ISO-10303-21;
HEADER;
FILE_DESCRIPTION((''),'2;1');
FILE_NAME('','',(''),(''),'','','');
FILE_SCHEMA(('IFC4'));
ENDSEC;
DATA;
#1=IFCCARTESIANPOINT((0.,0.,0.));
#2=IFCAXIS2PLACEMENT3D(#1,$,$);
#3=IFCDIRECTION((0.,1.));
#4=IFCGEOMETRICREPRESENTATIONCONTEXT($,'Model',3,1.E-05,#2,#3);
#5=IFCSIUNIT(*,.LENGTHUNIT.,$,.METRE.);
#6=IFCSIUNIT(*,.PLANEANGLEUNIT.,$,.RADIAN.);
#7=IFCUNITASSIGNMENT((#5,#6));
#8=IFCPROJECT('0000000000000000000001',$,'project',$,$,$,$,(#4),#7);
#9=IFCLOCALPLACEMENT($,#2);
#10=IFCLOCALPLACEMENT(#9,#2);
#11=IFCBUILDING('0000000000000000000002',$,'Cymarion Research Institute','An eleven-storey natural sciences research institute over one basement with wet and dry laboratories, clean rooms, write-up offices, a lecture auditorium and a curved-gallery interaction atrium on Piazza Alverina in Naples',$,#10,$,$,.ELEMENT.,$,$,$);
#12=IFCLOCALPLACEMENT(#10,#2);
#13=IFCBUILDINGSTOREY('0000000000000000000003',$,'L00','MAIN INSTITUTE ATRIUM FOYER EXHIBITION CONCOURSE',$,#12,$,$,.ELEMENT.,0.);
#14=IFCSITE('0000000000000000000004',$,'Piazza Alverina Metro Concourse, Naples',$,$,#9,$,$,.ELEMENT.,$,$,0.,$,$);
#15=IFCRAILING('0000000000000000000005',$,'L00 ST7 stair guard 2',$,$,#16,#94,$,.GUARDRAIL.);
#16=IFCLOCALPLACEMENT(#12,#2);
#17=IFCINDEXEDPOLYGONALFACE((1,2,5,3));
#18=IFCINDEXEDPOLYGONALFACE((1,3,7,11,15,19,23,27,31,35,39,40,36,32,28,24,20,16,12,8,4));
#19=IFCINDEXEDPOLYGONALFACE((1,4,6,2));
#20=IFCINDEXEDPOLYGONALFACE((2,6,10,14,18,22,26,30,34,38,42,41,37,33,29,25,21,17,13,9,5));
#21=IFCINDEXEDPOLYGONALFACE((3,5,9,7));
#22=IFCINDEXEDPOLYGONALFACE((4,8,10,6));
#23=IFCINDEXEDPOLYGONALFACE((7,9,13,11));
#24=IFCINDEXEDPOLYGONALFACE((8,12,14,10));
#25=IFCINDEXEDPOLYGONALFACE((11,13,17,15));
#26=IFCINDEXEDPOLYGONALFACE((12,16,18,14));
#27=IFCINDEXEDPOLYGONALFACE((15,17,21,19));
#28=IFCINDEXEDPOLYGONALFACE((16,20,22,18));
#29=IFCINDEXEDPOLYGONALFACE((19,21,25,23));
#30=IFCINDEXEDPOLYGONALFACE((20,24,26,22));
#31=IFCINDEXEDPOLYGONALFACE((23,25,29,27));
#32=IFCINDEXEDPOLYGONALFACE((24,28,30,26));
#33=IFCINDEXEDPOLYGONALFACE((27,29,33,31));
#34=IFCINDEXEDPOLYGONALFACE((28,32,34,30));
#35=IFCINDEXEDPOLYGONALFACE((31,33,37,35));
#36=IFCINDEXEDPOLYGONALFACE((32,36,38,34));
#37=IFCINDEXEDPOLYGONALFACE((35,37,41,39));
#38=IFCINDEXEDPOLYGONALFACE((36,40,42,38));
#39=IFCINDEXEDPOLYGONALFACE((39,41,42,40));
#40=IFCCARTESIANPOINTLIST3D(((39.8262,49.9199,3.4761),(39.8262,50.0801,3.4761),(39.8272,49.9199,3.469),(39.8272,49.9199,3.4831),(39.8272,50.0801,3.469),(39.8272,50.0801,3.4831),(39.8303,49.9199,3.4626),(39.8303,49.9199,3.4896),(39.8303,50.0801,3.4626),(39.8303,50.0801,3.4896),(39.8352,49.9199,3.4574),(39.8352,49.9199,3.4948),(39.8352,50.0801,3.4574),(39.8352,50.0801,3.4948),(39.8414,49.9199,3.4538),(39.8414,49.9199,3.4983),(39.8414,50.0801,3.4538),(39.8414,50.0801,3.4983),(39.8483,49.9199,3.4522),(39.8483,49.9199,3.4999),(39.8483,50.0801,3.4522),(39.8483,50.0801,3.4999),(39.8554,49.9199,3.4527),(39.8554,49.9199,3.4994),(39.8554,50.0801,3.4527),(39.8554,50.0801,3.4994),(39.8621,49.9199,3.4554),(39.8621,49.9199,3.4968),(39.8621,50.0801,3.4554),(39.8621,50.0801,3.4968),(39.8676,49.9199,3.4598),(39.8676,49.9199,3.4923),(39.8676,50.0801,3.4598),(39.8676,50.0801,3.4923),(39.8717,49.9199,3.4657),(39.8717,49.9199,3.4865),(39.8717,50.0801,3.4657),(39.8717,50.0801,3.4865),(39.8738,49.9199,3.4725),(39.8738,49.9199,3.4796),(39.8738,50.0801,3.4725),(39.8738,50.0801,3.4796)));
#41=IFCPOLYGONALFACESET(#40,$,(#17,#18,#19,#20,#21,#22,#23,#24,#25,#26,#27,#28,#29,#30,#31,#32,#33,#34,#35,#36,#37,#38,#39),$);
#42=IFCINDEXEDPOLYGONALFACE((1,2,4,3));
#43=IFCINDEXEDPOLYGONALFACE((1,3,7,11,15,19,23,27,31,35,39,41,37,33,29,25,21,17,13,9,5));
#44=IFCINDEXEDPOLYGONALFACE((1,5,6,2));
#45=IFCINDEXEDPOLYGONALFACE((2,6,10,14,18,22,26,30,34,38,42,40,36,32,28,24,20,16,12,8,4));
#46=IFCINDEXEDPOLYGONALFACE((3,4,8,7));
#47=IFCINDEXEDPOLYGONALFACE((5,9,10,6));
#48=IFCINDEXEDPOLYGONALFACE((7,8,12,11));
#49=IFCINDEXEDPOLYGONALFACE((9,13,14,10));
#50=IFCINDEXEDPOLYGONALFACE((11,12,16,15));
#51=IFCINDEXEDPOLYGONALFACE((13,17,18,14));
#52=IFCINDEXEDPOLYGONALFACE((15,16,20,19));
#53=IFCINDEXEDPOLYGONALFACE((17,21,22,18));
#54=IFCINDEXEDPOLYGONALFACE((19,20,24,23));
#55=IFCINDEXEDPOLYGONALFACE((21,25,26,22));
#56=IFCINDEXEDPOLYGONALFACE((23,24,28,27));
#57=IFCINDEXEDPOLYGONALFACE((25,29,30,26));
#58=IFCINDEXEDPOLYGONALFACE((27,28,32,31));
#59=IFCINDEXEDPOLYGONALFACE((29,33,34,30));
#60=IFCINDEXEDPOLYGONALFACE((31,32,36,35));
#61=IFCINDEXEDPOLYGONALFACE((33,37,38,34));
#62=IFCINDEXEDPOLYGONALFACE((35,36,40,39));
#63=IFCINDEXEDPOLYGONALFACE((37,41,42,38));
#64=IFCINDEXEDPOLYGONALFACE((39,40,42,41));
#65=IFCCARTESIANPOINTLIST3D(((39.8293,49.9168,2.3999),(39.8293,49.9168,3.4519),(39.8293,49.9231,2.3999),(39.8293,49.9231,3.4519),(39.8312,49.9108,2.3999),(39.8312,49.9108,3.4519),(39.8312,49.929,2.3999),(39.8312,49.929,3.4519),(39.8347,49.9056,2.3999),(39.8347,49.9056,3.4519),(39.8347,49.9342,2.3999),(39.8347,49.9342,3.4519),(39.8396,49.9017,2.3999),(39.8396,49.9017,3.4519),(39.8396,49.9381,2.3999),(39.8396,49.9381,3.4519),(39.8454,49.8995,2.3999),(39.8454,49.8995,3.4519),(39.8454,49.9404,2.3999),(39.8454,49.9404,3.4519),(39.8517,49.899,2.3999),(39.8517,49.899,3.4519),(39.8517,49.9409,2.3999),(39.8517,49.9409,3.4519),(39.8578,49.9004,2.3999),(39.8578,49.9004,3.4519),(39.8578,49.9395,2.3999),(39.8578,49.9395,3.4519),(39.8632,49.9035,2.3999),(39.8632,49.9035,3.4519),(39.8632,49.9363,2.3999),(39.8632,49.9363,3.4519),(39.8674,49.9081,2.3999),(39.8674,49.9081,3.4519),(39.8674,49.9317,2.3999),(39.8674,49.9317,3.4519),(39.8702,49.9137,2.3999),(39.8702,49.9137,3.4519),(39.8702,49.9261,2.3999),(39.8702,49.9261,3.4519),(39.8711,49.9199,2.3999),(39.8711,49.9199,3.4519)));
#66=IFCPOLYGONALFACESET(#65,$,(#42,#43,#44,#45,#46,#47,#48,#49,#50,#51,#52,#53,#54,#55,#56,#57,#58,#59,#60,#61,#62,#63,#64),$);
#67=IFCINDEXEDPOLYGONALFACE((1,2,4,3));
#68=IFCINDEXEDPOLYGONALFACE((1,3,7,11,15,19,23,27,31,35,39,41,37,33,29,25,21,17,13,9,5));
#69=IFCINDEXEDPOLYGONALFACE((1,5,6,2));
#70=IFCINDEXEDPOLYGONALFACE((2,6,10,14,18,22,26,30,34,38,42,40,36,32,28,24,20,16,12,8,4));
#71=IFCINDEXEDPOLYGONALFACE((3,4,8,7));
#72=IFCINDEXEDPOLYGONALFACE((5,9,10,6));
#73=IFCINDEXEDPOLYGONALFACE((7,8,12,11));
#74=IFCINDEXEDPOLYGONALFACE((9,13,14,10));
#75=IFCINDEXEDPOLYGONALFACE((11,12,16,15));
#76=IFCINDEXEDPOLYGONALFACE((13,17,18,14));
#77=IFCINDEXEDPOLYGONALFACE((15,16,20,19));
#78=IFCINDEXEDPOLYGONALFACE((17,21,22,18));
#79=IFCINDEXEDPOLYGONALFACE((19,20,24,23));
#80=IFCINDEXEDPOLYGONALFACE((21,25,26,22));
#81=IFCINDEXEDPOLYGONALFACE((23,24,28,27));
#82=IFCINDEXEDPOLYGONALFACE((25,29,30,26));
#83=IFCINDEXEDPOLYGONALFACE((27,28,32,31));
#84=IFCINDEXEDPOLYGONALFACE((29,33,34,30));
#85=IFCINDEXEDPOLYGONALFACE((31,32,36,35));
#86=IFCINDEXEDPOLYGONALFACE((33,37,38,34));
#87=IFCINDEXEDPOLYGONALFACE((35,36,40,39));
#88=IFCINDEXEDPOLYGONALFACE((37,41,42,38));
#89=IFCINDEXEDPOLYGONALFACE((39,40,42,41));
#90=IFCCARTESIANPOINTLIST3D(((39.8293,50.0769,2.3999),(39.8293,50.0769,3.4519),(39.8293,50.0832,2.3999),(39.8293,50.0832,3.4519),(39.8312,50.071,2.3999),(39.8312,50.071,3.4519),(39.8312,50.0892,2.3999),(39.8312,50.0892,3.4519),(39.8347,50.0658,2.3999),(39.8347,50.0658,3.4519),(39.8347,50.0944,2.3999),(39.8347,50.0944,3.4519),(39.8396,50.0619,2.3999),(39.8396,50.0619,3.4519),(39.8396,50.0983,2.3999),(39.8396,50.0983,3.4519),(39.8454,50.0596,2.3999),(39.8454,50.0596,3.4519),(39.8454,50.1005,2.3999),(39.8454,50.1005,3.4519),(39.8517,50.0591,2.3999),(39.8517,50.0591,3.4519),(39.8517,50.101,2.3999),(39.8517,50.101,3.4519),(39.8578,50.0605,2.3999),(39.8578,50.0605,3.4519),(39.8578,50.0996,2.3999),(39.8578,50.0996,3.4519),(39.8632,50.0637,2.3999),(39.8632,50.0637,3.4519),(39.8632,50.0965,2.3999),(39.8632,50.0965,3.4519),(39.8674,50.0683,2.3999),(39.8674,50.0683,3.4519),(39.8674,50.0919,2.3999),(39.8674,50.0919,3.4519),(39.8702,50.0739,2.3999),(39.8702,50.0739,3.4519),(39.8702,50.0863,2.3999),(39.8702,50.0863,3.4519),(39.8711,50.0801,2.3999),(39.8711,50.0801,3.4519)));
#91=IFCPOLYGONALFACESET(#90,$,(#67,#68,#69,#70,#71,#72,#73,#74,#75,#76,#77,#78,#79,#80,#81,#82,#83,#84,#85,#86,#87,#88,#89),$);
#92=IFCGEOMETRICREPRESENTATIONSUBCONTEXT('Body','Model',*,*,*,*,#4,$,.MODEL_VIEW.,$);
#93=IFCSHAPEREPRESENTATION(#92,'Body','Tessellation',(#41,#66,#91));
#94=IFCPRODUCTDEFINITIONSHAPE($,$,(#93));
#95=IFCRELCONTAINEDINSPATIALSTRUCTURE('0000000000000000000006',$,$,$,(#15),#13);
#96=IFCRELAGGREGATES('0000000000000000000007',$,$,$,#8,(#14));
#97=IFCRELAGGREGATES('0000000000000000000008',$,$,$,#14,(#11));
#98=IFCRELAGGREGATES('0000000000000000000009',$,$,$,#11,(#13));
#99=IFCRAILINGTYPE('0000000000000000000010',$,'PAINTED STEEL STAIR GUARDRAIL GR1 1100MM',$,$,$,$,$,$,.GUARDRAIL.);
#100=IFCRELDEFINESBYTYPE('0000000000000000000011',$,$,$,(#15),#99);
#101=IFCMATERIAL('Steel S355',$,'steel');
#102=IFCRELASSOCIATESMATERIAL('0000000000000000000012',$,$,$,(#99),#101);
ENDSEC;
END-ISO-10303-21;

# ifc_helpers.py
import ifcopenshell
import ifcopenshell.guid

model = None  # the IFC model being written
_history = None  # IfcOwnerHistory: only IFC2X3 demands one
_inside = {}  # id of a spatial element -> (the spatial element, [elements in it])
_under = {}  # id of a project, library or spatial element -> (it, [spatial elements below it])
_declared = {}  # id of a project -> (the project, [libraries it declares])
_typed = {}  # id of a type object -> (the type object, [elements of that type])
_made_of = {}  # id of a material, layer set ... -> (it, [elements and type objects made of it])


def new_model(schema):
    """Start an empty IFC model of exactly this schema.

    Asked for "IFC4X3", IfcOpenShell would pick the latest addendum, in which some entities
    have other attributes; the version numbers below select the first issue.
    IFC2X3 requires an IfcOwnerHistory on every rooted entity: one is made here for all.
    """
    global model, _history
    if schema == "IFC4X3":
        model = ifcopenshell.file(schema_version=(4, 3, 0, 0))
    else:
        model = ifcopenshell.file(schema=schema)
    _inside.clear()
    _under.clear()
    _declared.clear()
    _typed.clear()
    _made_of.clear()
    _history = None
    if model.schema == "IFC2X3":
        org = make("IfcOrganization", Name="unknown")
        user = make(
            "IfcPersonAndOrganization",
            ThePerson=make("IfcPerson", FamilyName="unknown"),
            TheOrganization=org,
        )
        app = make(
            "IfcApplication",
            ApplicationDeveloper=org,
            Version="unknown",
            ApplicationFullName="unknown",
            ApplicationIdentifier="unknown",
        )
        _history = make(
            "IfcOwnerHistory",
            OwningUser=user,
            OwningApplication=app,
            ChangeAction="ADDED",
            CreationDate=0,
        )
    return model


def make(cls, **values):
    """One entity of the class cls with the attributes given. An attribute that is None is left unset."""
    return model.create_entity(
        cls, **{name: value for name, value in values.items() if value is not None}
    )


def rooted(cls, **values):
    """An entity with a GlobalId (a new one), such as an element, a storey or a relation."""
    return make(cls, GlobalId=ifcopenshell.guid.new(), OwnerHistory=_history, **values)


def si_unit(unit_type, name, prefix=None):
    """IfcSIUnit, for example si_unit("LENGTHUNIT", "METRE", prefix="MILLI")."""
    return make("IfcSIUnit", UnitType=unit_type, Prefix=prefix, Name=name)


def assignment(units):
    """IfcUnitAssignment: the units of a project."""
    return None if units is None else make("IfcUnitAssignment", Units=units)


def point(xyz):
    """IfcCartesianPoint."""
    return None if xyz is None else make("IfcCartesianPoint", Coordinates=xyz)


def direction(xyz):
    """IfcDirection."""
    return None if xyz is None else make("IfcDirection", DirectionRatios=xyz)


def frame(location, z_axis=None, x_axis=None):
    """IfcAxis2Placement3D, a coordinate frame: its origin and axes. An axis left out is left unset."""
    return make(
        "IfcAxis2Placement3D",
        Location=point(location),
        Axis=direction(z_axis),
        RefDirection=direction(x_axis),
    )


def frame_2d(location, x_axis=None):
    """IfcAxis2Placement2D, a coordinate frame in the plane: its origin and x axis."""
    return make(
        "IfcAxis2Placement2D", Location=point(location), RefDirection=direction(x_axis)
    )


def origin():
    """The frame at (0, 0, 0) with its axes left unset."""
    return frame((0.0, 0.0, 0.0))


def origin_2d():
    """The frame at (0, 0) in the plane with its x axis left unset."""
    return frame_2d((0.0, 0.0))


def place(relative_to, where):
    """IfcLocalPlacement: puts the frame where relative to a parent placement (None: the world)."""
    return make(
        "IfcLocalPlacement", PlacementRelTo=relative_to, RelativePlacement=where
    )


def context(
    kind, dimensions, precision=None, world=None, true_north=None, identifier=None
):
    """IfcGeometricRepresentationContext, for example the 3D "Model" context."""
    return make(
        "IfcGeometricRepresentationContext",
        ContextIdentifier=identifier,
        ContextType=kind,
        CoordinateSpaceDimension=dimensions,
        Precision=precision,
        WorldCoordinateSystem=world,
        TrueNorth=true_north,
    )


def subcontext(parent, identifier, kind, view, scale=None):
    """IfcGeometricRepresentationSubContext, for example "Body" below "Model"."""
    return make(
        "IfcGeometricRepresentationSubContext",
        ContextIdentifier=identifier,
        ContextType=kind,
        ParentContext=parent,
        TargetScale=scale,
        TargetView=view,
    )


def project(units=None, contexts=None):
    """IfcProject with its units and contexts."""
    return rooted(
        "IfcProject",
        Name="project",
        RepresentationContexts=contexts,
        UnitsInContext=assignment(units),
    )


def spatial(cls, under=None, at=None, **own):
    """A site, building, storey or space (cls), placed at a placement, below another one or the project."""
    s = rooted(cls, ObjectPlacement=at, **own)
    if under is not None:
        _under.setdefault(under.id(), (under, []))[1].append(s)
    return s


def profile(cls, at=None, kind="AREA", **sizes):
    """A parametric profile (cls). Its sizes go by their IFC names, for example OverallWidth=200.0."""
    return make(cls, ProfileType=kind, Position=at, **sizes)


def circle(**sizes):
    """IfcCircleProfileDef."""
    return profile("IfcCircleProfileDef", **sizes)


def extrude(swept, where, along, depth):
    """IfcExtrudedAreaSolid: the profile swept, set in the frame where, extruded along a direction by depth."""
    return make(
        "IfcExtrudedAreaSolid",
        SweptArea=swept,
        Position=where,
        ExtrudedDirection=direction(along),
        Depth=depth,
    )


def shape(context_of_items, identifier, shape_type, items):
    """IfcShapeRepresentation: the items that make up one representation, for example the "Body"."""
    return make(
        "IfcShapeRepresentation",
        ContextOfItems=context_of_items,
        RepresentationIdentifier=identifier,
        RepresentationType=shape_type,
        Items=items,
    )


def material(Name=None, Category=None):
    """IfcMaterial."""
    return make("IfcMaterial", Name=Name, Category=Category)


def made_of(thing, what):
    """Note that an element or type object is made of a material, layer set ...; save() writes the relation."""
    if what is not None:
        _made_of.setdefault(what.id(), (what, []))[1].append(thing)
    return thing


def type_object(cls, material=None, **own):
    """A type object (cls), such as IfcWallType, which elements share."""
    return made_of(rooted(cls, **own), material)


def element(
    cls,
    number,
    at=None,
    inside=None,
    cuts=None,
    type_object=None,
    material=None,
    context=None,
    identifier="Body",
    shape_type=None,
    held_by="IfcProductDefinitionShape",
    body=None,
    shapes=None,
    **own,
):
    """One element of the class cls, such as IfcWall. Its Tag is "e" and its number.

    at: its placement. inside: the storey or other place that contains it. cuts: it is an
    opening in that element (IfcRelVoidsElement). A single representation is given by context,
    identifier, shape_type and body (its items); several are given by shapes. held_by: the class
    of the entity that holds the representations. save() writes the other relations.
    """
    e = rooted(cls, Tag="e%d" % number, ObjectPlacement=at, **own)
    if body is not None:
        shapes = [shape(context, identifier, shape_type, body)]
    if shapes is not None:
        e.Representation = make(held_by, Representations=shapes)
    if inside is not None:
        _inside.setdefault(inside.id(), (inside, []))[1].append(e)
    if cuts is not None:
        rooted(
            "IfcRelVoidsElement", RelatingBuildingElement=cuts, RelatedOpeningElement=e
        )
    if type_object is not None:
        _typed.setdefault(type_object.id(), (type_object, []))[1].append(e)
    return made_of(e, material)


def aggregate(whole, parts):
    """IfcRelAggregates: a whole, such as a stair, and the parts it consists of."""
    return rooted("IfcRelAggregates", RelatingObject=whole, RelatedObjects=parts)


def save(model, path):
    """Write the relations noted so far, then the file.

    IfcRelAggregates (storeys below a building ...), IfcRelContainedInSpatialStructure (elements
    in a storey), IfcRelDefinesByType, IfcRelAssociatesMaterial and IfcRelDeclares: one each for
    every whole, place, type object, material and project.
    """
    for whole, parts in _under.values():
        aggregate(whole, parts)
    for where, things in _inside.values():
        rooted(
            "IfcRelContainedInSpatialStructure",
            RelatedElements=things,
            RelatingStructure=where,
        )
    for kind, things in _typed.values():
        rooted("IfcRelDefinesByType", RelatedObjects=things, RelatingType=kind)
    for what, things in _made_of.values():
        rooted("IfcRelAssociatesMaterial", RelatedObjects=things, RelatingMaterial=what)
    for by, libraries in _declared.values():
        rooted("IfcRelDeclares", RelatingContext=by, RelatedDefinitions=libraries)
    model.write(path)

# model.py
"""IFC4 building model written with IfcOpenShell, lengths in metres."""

from ifc_helpers import new_model, si_unit, direction, frame, origin, origin_2d, place, context, subcontext, project, spatial, circle, extrude, material, type_object, element, save


model = new_model("IFC4")

# Units and contexts
model_context = context("Model", 3, precision=1e-05, world=origin(), true_north=direction((0.0, 1.0)))
body_context = subcontext(model_context, "Body", "Model", "MODEL_VIEW")
ifc_project = project(units=[si_unit("LENGTHUNIT", "METRE"), si_unit("PLANEANGLEUNIT", "RADIAN")], contexts=[model_context])

# Site, building, storey
site_placement = place(None, origin())
site = spatial("IfcSite", under=ifc_project, at=site_placement, Name="Piazza Alverina Metro Concourse, Naples", CompositionType="ELEMENT", RefElevation=0.0)
building_placement = place(site_placement, origin())
building = spatial("IfcBuilding", under=site, at=building_placement, Name="Cymarion Research Institute", Description="An eleven-storey natural sciences research institute over one basement with wet and dry laboratories, clean rooms, write-up offices, a lecture auditorium and a curved-gallery interaction atrium on Piazza Alverina in Naples", CompositionType="ELEMENT")
storey_placement = place(building_placement, origin())
storey = spatial("IfcBuildingStorey", under=building, at=storey_placement, Name="L00", Description="MAIN INSTITUTE ATRIUM FOYER EXHIBITION CONCOURSE", CompositionType="ELEMENT", Elevation=0.0)

# Shared definitions
ifc_material_1 = material(Name="Steel S355", Category="steel")

# Railing
railing_type_1 = type_object("IfcRailingType", Name="PAINTED STEEL STAIR GUARDRAIL GR1 1100MM", PredefinedType="GUARDRAIL", material=ifc_material_1)
railing_1_placement = place(storey_placement, frame((39.8501, 49.9199, 2.3999)))
element("IfcRailing", 1, at=railing_1_placement, inside=storey, type_object=railing_type_1, Name="L00 ST7 stair guard 2", PredefinedType="GUARDRAIL", context=body_context, shape_type="SweptSolid", body=[
    extrude(circle(Radius=0.0239, at=origin_2d()), frame((0.0, 0.0, 1.0762), z_axis=(0.0, 1.0, 0.0), x_axis=(-1.0, 0.0, 0.0)), (0.0, 0.0, 1.0), 0.1602),
    extrude(circle(Radius=0.021, at=origin_2d()), origin(), (0.0, 0.0, 1.0), 1.052),
    extrude(circle(Radius=0.021, at=origin_2d()), frame((0.0, 0.1602, 0.0)), (0.0, 0.0, 1.0), 1.052),
])

save(model, "model.ifc")
